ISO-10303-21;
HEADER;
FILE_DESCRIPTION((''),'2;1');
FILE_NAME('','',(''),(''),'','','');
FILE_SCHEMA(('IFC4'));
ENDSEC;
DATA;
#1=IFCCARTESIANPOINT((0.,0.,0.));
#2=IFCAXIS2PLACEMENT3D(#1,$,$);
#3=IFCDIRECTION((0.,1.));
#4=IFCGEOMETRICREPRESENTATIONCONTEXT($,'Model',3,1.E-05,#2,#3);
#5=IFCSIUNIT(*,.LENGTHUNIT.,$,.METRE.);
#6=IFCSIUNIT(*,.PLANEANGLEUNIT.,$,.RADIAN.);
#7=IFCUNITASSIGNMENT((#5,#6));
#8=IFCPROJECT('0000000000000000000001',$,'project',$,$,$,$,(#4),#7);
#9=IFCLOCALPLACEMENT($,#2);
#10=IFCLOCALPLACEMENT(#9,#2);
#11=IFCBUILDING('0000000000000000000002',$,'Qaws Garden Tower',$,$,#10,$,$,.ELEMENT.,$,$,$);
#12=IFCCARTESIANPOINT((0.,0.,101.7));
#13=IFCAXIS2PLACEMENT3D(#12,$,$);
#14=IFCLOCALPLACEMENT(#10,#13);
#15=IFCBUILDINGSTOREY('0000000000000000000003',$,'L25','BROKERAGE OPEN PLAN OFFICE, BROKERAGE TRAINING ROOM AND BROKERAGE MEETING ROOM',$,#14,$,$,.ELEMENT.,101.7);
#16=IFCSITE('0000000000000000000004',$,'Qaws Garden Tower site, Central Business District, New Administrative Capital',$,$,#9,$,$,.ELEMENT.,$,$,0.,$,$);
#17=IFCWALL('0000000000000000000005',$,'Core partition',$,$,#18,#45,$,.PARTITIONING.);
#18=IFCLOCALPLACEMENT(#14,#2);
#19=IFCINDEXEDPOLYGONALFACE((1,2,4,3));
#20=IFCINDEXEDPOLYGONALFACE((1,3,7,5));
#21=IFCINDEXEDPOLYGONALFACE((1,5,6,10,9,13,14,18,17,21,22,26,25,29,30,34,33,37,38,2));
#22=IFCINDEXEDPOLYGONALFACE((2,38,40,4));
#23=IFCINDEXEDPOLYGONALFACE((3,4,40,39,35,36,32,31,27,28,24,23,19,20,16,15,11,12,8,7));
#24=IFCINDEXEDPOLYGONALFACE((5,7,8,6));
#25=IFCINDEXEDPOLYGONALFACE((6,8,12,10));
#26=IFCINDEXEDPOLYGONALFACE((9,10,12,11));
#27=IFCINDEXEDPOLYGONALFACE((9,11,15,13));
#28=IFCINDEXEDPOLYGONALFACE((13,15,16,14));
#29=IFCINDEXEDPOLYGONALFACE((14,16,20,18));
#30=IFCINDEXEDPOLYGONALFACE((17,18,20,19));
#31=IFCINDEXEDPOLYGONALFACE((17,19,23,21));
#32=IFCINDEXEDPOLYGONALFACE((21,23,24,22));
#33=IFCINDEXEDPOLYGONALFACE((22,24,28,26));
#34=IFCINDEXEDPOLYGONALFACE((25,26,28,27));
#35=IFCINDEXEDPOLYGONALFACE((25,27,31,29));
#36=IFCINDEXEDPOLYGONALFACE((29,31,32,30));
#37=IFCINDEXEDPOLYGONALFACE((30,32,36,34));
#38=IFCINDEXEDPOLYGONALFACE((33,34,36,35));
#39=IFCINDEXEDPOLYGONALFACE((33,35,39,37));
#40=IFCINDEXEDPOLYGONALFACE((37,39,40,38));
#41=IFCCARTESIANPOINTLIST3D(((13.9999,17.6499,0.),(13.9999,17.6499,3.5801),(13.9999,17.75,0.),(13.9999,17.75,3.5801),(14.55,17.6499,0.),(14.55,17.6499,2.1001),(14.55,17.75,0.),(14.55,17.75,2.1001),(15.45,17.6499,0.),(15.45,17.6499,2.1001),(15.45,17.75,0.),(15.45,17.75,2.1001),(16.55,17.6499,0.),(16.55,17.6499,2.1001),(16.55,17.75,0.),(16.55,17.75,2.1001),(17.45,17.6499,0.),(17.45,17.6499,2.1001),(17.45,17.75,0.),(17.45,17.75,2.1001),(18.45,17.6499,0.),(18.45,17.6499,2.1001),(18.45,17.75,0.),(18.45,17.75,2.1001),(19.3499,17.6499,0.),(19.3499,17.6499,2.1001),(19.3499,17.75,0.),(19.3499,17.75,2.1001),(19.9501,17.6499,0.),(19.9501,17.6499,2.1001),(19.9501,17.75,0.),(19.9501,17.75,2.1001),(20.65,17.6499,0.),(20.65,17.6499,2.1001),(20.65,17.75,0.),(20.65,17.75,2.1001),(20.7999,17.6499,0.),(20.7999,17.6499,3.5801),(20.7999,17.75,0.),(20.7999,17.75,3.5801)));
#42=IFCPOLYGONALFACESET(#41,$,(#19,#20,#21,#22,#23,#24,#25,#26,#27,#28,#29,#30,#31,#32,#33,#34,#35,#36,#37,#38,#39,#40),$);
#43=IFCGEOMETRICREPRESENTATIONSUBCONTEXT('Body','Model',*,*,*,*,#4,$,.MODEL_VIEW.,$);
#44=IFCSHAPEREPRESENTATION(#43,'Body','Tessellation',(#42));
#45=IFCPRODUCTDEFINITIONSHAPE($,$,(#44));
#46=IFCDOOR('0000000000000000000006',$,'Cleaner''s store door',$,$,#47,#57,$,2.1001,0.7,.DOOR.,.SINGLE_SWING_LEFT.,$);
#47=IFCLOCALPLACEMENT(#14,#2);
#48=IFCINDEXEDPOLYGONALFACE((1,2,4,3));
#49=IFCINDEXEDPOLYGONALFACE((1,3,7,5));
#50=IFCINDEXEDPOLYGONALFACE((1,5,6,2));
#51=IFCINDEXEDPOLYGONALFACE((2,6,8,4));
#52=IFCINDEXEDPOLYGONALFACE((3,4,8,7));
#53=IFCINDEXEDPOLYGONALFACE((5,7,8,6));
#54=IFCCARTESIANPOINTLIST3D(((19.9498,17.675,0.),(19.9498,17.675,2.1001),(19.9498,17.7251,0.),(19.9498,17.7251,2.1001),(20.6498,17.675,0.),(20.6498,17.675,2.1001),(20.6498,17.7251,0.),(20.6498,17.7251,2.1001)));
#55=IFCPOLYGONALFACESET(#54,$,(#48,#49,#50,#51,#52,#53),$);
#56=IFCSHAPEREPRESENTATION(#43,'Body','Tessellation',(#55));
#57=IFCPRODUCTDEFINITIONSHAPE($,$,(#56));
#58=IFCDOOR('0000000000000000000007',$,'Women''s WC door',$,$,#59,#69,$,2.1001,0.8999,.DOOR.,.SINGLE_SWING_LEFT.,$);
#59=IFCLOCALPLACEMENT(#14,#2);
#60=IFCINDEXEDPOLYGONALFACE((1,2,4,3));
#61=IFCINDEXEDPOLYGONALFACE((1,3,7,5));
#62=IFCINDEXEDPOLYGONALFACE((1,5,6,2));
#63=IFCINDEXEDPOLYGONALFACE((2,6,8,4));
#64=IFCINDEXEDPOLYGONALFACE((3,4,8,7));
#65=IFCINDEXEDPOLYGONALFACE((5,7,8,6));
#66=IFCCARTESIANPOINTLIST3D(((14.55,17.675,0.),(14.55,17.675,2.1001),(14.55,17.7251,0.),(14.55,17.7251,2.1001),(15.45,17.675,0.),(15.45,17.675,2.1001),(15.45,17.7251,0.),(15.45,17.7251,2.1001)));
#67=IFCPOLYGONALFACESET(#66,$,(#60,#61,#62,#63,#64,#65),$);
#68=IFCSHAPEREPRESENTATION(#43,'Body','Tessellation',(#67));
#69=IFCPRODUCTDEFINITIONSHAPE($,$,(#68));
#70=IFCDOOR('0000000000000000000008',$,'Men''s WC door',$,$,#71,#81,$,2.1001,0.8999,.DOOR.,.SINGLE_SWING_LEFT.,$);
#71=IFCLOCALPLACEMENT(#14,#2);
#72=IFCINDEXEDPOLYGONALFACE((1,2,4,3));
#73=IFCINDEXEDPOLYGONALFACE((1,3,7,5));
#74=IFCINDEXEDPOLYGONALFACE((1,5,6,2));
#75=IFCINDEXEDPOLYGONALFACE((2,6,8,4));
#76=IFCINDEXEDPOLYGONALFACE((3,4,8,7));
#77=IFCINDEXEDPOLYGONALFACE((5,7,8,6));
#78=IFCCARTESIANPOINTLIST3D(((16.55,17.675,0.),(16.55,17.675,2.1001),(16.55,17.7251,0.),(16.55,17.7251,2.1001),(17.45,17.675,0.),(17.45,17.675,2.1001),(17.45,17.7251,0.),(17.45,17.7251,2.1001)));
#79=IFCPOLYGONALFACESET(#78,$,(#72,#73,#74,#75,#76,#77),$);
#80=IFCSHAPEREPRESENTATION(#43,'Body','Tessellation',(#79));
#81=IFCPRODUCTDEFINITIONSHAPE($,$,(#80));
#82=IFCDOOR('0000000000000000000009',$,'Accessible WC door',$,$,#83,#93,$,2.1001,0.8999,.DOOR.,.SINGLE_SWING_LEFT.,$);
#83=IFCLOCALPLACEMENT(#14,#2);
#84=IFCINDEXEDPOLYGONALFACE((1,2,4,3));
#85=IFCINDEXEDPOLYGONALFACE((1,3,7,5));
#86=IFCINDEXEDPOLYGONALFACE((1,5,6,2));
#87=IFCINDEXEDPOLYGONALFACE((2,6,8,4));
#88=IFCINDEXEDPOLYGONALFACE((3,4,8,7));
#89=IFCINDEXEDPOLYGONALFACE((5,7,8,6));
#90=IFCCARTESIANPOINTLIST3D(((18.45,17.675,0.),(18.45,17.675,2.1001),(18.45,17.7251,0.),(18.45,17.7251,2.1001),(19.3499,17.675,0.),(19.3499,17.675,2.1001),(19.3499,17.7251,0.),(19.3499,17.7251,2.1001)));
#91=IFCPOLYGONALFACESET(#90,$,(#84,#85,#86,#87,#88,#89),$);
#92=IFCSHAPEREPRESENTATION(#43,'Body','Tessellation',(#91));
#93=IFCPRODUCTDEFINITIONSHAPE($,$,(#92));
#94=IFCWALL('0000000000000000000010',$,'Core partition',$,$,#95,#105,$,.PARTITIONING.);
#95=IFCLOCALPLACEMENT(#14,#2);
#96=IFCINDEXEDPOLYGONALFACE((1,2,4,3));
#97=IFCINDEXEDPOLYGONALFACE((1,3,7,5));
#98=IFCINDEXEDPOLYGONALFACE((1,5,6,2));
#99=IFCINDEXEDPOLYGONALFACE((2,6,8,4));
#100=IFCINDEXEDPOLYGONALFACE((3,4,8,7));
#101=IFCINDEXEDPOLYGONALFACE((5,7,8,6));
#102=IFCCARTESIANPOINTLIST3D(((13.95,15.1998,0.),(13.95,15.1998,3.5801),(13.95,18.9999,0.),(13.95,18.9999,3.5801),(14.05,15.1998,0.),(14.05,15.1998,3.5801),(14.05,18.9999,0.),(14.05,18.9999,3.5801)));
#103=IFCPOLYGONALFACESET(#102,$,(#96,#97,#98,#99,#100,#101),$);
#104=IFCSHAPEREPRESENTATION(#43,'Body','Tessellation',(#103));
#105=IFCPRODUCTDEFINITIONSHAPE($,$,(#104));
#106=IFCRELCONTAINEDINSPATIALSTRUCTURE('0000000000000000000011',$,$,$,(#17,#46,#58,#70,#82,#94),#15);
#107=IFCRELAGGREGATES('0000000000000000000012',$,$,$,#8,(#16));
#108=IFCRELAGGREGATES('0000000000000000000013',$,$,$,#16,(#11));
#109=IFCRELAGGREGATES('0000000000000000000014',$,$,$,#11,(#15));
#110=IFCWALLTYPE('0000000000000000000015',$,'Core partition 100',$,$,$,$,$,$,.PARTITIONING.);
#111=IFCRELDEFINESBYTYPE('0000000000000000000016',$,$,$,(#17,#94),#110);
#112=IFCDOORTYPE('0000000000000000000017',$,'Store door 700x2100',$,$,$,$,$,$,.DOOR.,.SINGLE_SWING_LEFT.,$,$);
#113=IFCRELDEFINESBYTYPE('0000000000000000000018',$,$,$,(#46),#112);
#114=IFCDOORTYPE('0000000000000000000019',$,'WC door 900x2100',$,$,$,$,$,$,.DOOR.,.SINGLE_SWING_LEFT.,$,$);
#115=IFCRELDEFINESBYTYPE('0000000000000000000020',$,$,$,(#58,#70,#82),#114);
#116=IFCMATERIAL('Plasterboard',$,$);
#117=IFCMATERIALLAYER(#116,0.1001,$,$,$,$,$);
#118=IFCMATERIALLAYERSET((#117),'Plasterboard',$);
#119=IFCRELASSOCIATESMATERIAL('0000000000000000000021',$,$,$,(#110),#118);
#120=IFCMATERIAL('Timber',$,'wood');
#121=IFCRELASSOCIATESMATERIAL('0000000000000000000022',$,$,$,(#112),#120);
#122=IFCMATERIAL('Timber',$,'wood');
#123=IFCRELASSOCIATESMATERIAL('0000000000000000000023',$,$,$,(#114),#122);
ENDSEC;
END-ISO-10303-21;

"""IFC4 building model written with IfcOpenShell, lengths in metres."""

from ifc_helpers import new_model, si_unit, direction, frame, frame_2d, origin, place, context, subcontext, project, spatial, rectangle, extrude, material, layer, layer_set, type_object, element, fill, save


model = new_model("IFC4")

# Units and contexts
model_context = context("Model", 3, precision=1e-05, world=origin(), true_north=direction((0.0, 1.0)))
body_context = subcontext(model_context, "Body", "Model", "MODEL_VIEW")
ifc_project = project(units=[si_unit("LENGTHUNIT", "METRE"), si_unit("PLANEANGLEUNIT", "RADIAN")], contexts=[model_context])

# Site, building, storey
site_placement = place(None, origin())
site = spatial("IfcSite", under=ifc_project, at=site_placement, Name="Qaws Garden Tower site, Central Business District, New Administrative Capital", CompositionType="ELEMENT", RefElevation=0.0)
building_placement = place(site_placement, origin())
building = spatial("IfcBuilding", under=site, at=building_placement, Name="Qaws Garden Tower", CompositionType="ELEMENT")
storey_placement = place(building_placement, frame((0.0, 0.0, 101.7)))
storey = spatial("IfcBuildingStorey", under=building, at=storey_placement, Name="L25", Description="BROKERAGE OPEN PLAN OFFICE, BROKERAGE TRAINING ROOM AND BROKERAGE MEETING ROOM", CompositionType="ELEMENT", Elevation=101.7)

# Wall, openings, doors
ifc_material_1 = material(Name="Plasterboard")
ifc_layer_1 = layer(ifc_material_1, 0.1001)
ifc_layer_set_1 = layer_set([ifc_layer_1], Name="Plasterboard")
wall_type_1 = type_object("IfcWallType", Name="Core partition 100", PredefinedType="PARTITIONING", material=ifc_layer_set_1)
wall_1_placement = place(storey_placement, frame((14.0, 17.7, 0.0), z_axis=(0.0, 0.0, 1.0), x_axis=(1.0, 0.0, 0.0)))
wall_1 = element("IfcWall", 1, at=wall_1_placement, inside=storey, type_object=wall_type_1, Name="Core partition", PredefinedType="PARTITIONING", context=body_context, shape_type="SweptSolid", body=[
    extrude(rectangle(XDim=6.8, YDim=0.1001, at=frame_2d((3.3999, 0.0))), origin(), (0.0, 0.0, 1.0), 3.5801),
])
opening_1_placement = place(wall_1_placement, frame((0.55, 0.0, 0.0)))
opening_1 = element("IfcOpeningElement", 2, at=opening_1_placement, cuts=wall_1, PredefinedType="OPENING", context=body_context, shape_type="SweptSolid", body=[
    extrude(rectangle(XDim=0.8999, YDim=2.1001, at=frame_2d((0.45, 1.05))), frame((0.0, 0.0601, 0.0), z_axis=(0.0, -1.0, 0.0), x_axis=(1.0, 0.0, 0.0)), (0.0, 0.0, 1.0), 0.1201),
])
opening_2_placement = place(wall_1_placement, frame((2.55, 0.0, 0.0)))
opening_2 = element("IfcOpeningElement", 3, at=opening_2_placement, cuts=wall_1, PredefinedType="OPENING", context=body_context, shape_type="SweptSolid", body=[
    extrude(rectangle(XDim=0.8999, YDim=2.1001, at=frame_2d((0.45, 1.05))), frame((0.0, 0.0601, 0.0), z_axis=(0.0, -1.0, 0.0), x_axis=(1.0, 0.0, 0.0)), (0.0, 0.0, 1.0), 0.1201),
])
opening_3_placement = place(wall_1_placement, frame((4.45, 0.0, 0.0)))
opening_3 = element("IfcOpeningElement", 4, at=opening_3_placement, cuts=wall_1, PredefinedType="OPENING", context=body_context, shape_type="SweptSolid", body=[
    extrude(rectangle(XDim=0.8999, YDim=2.1001, at=frame_2d((0.45, 1.05))), frame((0.0, 0.0601, 0.0), z_axis=(0.0, -1.0, 0.0), x_axis=(1.0, 0.0, 0.0)), (0.0, 0.0, 1.0), 0.1201),
])
opening_4_placement = place(wall_1_placement, frame((5.95, 0.0, 0.0)))
opening_4 = element("IfcOpeningElement", 5, at=opening_4_placement, cuts=wall_1, PredefinedType="OPENING", context=body_context, shape_type="SweptSolid", body=[
    extrude(rectangle(XDim=0.7, YDim=2.1001, at=frame_2d((0.3501, 1.05))), frame((0.0, 0.0601, 0.0), z_axis=(0.0, -1.0, 0.0), x_axis=(1.0, 0.0, 0.0)), (0.0, 0.0, 1.0), 0.1201),
])
ifc_material_2 = material(Name="Timber", Category="wood")
door_type_1 = type_object("IfcDoorType", Name="Store door 700x2100", OperationType="SINGLE_SWING_LEFT", PredefinedType="DOOR", material=ifc_material_2)
door_1_placement = place(opening_4_placement, frame((0.7, 0.0, 0.0), z_axis=(0.0, 0.0, 1.0), x_axis=(-1.0, 0.0, 0.0)))
door_1 = element("IfcDoor", 6, at=door_1_placement, inside=storey, type_object=door_type_1, Name="Cleaner's store door", OperationType="SINGLE_SWING_LEFT", OverallHeight=2.1001, OverallWidth=0.7, PredefinedType="DOOR", context=body_context, shape_type="SweptSolid", body=[
    extrude(rectangle(XDim=0.7, YDim=2.1001, at=frame_2d((0.3501, 1.05))), frame((0.0, 0.0249, 0.0), z_axis=(0.0, -1.0, 0.0), x_axis=(1.0, 0.0, 0.0)), (0.0, 0.0, 1.0), 0.05),
])
fill(opening_4, door_1)
ifc_material_3 = material(Name="Timber", Category="wood")
door_type_2 = type_object("IfcDoorType", Name="WC door 900x2100", OperationType="SINGLE_SWING_LEFT", PredefinedType="DOOR", material=ifc_material_3)
door_2_placement = place(opening_1_placement, frame((0.8999, 0.0, 0.0), z_axis=(0.0, 0.0, 1.0), x_axis=(-1.0, 0.0, 0.0)))
door_2 = element("IfcDoor", 7, at=door_2_placement, inside=storey, type_object=door_type_2, Name="Women's WC door", OperationType="SINGLE_SWING_LEFT", OverallHeight=2.1001, OverallWidth=0.8999, PredefinedType="DOOR", context=body_context, shape_type="SweptSolid", body=[
    extrude(rectangle(XDim=0.8999, YDim=2.1001, at=frame_2d((0.45, 1.05))), frame((0.0, 0.0249, 0.0), z_axis=(0.0, -1.0, 0.0), x_axis=(1.0, 0.0, 0.0)), (0.0, 0.0, 1.0), 0.05),
])
fill(opening_1, door_2)
door_3_placement = place(opening_2_placement, frame((0.8999, 0.0, 0.0), z_axis=(0.0, 0.0, 1.0), x_axis=(-1.0, 0.0, 0.0)))
door_3 = element("IfcDoor", 8, at=door_3_placement, inside=storey, type_object=door_type_2, Name="Men's WC door", OperationType="SINGLE_SWING_LEFT", OverallHeight=2.1001, OverallWidth=0.8999, PredefinedType="DOOR", context=body_context, shape_type="SweptSolid", body=[
    extrude(rectangle(XDim=0.8999, YDim=2.1001, at=frame_2d((0.45, 1.05))), frame((0.0, 0.0249, 0.0), z_axis=(0.0, -1.0, 0.0), x_axis=(1.0, 0.0, 0.0)), (0.0, 0.0, 1.0), 0.05),
])
fill(opening_2, door_3)
door_4_placement = place(opening_3_placement, frame((0.8999, 0.0, 0.0), z_axis=(0.0, 0.0, 1.0), x_axis=(-1.0, 0.0, 0.0)))
door_4 = element("IfcDoor", 9, at=door_4_placement, inside=storey, type_object=door_type_2, Name="Accessible WC door", OperationType="SINGLE_SWING_LEFT", OverallHeight=2.1001, OverallWidth=0.8999, PredefinedType="DOOR", context=body_context, shape_type="SweptSolid", body=[
    extrude(rectangle(XDim=0.8999, YDim=2.1001, at=frame_2d((0.45, 1.05))), frame((0.0, 0.0249, 0.0), z_axis=(0.0, -1.0, 0.0), x_axis=(1.0, 0.0, 0.0)), (0.0, 0.0, 1.0), 0.05),
])
fill(opening_3, door_4)

# Wall
wall_2_placement = place(storey_placement, frame((14.0, 15.2, 0.0), z_axis=(0.0, 0.0, 1.0), x_axis=(0.0, 1.0, 0.0)))
element("IfcWall", 10, at=wall_2_placement, inside=storey, type_object=wall_type_1, Name="Core partition", PredefinedType="PARTITIONING", context=body_context, shape_type="SweptSolid", body=[
    extrude(rectangle(XDim=3.8, YDim=0.1001, at=frame_2d((1.8999, 0.0))), origin(), (0.0, 0.0, 1.0), 3.5801),
])

save(model, "model.ifc")
